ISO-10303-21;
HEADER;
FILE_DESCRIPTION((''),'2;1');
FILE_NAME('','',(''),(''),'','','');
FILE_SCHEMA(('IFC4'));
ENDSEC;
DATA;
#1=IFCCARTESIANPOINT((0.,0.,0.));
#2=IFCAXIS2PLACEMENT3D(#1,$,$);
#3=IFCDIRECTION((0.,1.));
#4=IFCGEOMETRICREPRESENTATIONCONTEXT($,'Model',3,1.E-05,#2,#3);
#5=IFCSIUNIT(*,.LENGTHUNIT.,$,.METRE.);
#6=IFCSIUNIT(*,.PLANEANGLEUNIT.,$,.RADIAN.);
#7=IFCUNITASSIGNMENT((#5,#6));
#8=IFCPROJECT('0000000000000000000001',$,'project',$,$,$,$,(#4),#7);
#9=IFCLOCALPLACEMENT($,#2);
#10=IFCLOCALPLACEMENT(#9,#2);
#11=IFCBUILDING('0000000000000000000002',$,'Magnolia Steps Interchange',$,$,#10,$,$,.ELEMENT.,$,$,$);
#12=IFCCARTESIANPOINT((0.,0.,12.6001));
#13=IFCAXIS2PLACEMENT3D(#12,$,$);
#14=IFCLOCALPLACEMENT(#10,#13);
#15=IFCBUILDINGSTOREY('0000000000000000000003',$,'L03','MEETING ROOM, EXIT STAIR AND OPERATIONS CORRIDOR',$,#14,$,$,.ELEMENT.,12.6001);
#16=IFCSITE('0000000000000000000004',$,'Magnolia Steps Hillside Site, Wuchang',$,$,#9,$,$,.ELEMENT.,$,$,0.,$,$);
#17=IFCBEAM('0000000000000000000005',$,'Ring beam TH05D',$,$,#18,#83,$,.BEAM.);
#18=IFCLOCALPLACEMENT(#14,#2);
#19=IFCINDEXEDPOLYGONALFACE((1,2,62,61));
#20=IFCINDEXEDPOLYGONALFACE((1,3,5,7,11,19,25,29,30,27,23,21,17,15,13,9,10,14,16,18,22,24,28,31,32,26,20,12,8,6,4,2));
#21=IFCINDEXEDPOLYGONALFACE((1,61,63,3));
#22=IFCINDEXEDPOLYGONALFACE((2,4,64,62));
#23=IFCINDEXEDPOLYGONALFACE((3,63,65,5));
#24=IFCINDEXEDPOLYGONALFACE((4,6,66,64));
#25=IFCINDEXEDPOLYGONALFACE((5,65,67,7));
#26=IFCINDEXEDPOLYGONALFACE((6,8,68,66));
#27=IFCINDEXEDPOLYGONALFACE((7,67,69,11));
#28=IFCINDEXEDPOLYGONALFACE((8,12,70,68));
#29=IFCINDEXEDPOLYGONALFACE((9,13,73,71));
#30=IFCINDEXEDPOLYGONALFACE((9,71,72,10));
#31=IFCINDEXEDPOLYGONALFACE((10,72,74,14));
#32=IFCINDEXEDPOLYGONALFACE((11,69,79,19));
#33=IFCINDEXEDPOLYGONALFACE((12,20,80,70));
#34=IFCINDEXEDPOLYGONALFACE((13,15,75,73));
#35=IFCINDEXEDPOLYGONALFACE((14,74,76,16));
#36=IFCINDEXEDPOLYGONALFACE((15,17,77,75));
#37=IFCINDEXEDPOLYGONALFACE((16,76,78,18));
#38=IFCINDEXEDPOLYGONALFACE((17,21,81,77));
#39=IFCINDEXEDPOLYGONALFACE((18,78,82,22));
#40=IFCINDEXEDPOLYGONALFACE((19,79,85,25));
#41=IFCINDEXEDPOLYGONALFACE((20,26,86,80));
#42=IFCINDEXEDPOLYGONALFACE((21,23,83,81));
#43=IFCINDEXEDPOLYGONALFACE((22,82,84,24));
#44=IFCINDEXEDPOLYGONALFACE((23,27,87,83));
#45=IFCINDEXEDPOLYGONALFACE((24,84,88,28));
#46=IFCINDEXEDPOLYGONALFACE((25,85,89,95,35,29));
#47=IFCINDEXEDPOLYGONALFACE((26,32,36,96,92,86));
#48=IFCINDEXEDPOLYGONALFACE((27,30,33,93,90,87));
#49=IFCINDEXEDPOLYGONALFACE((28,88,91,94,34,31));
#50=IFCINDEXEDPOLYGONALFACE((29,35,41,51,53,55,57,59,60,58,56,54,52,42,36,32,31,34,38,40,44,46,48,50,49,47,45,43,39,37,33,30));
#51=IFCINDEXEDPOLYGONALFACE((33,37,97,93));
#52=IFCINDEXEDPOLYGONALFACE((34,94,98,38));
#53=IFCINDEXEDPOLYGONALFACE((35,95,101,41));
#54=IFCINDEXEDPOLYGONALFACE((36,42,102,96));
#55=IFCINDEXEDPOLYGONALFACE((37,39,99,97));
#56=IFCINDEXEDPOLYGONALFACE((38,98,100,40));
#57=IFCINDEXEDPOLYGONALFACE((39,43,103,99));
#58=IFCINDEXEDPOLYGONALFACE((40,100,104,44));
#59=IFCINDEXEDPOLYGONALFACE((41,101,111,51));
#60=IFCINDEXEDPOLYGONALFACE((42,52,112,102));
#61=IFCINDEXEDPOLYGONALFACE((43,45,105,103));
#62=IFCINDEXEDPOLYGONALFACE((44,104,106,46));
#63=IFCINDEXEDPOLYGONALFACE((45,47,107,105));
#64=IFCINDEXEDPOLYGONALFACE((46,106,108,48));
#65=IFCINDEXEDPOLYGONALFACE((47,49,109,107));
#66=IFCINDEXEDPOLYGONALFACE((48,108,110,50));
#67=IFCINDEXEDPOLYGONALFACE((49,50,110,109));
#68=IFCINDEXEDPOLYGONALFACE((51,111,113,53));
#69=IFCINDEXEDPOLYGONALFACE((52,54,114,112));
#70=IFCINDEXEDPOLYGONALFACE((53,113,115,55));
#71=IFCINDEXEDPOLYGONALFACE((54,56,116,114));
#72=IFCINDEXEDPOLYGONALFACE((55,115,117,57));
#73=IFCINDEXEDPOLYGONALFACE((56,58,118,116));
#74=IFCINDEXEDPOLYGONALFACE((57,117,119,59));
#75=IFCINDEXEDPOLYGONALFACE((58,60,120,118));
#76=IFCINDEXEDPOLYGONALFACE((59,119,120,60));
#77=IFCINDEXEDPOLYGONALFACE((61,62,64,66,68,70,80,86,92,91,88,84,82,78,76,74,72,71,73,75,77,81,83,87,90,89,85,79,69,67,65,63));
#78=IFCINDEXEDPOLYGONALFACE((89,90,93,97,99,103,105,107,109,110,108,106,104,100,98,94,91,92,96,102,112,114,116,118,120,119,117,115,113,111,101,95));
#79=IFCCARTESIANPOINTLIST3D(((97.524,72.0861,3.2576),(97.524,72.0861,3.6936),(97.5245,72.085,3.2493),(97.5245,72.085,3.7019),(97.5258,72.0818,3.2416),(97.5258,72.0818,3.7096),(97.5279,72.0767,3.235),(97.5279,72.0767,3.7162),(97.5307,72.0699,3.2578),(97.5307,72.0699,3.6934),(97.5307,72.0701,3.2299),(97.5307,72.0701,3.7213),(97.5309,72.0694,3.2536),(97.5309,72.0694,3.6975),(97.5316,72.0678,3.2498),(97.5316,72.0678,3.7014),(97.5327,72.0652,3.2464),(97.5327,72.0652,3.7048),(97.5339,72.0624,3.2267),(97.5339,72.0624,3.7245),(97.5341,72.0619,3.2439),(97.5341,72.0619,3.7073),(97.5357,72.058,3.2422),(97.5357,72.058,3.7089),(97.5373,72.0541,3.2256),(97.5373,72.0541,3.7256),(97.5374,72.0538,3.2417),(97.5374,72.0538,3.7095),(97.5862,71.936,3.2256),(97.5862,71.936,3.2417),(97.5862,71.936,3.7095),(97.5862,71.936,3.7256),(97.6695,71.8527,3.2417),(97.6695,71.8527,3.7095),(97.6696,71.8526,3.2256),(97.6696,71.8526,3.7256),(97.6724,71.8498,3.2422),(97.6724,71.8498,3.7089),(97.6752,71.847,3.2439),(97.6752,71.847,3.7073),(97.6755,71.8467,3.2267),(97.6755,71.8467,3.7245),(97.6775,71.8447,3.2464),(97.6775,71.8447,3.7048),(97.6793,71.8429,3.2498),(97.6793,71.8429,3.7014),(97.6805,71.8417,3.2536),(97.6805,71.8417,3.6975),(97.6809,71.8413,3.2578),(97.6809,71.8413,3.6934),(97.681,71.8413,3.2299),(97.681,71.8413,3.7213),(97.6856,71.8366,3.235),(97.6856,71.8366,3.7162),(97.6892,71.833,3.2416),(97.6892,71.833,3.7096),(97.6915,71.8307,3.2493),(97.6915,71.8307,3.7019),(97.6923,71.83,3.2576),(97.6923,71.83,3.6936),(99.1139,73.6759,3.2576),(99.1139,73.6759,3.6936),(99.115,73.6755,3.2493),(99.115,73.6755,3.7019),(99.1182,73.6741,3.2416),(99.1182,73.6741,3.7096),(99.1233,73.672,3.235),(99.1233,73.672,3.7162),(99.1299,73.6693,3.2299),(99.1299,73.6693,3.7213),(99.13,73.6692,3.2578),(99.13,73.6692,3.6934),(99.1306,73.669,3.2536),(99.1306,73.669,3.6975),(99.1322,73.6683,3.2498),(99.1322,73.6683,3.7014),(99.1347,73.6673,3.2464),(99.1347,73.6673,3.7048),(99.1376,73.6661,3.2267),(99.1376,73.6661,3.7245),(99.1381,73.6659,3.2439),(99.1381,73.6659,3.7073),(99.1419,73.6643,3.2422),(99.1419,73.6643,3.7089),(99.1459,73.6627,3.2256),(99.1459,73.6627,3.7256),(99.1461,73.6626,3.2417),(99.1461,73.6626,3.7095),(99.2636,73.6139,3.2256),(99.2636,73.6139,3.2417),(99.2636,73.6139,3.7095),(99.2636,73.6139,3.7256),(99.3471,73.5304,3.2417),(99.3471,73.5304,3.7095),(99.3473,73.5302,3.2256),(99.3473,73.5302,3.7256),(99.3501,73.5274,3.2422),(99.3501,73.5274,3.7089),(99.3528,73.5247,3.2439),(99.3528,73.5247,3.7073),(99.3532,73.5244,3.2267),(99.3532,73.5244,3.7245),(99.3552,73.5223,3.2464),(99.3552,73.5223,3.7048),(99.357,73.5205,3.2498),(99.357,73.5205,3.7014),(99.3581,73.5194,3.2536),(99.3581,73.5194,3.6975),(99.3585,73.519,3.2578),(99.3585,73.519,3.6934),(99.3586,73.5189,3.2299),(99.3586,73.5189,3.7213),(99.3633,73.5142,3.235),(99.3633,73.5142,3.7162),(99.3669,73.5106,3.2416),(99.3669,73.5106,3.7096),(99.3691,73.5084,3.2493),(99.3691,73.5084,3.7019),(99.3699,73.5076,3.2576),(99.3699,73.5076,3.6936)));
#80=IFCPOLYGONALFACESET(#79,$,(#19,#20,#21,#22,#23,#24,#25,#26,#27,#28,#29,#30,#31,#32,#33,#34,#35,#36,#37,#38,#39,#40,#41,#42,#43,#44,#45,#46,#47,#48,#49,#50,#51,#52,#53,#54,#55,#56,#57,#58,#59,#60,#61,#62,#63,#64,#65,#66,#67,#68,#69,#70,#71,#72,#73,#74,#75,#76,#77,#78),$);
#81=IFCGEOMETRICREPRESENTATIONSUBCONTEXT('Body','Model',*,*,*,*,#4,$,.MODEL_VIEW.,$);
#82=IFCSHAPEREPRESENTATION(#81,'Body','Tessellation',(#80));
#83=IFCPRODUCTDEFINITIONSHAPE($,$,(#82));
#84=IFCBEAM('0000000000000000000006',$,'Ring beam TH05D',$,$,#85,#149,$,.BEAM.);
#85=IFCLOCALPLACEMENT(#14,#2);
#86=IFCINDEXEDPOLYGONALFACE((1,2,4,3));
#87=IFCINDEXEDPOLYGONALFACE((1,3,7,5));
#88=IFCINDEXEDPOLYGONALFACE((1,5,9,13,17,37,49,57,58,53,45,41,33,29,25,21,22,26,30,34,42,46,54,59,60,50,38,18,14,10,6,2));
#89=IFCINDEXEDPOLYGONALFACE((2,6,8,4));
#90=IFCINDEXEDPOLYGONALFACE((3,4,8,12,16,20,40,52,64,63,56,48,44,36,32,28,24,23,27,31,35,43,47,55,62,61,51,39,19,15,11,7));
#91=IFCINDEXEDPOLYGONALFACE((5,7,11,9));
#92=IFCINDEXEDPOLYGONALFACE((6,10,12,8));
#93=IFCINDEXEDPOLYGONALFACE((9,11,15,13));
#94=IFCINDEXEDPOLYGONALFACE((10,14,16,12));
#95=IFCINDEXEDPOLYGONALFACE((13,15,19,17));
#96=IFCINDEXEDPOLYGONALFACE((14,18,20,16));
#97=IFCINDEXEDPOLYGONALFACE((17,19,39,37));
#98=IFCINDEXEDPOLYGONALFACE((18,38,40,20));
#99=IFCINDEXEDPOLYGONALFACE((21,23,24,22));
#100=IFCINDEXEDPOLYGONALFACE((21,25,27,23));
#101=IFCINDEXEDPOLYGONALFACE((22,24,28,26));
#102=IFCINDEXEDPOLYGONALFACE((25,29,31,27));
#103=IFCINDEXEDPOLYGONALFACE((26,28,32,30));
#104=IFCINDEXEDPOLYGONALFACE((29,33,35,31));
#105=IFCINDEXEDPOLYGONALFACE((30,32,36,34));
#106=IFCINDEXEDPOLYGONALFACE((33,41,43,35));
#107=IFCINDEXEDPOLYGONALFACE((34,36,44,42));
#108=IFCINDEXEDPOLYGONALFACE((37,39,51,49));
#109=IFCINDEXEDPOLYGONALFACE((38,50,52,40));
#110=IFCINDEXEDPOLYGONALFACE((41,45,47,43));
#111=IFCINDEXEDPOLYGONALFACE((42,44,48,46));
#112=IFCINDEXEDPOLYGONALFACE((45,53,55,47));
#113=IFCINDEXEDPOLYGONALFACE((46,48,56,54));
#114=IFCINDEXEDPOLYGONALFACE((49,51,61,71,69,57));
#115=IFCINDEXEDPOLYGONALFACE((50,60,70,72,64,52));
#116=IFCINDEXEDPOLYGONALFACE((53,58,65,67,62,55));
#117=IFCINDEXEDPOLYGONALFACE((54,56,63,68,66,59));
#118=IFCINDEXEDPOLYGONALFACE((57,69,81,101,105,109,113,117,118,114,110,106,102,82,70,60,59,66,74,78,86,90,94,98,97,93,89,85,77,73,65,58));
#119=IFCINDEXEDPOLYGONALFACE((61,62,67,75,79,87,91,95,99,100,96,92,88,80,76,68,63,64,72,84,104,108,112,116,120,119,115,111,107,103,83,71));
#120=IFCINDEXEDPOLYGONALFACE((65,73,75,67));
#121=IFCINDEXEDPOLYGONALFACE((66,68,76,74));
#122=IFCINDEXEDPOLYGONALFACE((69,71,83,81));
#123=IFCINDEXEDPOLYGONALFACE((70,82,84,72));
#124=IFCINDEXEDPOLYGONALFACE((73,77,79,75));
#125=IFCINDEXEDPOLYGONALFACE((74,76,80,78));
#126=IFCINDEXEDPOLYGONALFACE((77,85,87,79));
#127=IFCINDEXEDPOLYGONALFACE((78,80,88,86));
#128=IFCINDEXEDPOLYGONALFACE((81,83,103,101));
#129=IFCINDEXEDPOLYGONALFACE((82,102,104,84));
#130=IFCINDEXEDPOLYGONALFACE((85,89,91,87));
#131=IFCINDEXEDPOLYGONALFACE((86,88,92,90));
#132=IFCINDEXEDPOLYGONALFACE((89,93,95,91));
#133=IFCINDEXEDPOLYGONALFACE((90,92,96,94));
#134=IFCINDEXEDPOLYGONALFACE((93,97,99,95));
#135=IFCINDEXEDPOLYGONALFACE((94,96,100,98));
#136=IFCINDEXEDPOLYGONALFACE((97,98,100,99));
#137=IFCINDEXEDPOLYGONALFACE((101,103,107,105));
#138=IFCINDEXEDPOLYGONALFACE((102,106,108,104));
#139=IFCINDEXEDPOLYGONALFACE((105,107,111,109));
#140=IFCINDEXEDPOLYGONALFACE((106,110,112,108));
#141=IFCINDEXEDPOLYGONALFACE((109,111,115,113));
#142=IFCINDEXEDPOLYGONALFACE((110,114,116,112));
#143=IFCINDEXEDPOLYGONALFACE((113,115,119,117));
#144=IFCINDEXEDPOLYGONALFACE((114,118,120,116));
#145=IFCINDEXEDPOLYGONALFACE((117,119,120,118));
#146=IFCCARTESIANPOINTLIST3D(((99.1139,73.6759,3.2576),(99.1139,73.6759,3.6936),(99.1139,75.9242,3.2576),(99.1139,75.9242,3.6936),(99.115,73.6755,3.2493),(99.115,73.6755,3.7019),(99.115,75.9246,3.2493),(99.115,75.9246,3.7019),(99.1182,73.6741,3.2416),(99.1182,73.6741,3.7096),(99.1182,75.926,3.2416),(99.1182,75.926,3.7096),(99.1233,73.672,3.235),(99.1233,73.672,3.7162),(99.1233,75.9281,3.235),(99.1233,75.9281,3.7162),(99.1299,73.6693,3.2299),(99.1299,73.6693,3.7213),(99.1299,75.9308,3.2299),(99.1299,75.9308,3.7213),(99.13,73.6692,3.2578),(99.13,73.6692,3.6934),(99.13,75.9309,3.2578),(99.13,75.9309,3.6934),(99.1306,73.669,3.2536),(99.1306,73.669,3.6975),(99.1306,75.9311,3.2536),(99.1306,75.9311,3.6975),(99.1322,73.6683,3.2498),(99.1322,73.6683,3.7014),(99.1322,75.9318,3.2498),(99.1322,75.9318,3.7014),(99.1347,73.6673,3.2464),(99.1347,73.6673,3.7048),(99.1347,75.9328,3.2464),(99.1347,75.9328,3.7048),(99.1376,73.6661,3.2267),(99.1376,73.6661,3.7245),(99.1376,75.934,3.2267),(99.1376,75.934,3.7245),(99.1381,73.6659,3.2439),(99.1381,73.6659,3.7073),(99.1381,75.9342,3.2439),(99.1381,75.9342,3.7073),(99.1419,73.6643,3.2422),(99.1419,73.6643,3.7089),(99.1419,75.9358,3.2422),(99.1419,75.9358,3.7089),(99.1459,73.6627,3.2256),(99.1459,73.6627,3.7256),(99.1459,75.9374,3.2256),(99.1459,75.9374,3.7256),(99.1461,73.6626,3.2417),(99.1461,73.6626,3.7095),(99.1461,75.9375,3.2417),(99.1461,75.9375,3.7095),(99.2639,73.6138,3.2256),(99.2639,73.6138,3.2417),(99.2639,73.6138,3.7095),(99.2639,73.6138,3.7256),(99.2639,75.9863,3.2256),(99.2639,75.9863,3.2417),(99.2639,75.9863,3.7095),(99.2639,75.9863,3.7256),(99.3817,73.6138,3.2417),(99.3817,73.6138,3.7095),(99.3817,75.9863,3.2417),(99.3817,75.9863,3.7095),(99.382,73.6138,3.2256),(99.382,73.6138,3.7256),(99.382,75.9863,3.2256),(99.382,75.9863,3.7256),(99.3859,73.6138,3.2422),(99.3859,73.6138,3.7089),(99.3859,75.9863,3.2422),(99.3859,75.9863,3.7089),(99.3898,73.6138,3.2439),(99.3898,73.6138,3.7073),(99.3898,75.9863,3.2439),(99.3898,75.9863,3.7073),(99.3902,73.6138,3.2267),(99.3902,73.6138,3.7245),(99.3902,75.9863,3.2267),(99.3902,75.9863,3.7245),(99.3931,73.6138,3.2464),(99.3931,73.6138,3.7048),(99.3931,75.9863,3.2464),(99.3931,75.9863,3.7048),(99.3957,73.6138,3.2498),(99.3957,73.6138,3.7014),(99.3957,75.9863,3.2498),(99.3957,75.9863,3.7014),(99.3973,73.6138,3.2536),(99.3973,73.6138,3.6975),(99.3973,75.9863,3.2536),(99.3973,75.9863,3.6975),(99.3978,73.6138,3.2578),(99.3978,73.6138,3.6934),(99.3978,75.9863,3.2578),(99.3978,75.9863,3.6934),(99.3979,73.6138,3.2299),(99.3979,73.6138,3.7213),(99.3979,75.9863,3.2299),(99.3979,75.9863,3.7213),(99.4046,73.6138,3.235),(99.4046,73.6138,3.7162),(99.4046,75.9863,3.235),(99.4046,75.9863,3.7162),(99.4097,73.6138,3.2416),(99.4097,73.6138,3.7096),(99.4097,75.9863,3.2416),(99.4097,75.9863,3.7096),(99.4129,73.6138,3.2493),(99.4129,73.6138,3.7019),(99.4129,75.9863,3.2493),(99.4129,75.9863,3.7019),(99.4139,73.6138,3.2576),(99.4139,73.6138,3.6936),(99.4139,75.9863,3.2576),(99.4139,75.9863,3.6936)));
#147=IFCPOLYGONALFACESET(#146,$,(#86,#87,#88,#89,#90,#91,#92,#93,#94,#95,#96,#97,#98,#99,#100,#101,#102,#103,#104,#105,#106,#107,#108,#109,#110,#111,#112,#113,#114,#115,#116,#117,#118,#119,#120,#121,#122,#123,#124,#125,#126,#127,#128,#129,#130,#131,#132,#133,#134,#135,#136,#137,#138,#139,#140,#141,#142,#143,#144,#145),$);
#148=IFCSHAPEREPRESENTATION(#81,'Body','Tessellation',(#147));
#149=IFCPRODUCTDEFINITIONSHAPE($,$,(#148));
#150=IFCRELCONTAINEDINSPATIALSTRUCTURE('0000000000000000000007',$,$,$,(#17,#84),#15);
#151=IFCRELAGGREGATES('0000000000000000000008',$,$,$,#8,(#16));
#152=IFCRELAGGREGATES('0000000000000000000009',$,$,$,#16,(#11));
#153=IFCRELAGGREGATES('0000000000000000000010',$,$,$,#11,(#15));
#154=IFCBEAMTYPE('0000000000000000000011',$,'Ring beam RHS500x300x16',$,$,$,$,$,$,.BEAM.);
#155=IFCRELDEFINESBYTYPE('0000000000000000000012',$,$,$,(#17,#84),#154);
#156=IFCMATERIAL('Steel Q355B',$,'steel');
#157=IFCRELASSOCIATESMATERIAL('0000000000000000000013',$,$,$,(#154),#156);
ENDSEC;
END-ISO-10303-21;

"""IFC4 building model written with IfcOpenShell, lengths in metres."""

from ifc_helpers import new_model, si_unit, direction, frame, origin, origin_2d, place, context, subcontext, project, spatial, hollow_rectangle, extrude, clip, halfspace, material, material_profile, profile_set, type_object, element, save


model = new_model("IFC4")

# Units and contexts
model_context = context("Model", 3, precision=1e-05, world=origin(), true_north=direction((0.0, 1.0)))
body_context = subcontext(model_context, "Body", "Model", "MODEL_VIEW")
ifc_project = project(units=[si_unit("LENGTHUNIT", "METRE"), si_unit("PLANEANGLEUNIT", "RADIAN")], contexts=[model_context])

# Site, building, storey
site_placement = place(None, origin())
site = spatial("IfcSite", under=ifc_project, at=site_placement, Name="Magnolia Steps Hillside Site, Wuchang", CompositionType="ELEMENT", RefElevation=0.0)
building_placement = place(site_placement, origin())
building = spatial("IfcBuilding", under=site, at=building_placement, Name="Magnolia Steps Interchange", CompositionType="ELEMENT")
storey_placement = place(building_placement, frame((0.0, 0.0, 12.6001)))
storey = spatial("IfcBuildingStorey", under=building, at=storey_placement, Name="L03", Description="MEETING ROOM, EXIT STAIR AND OPERATIONS CORRIDOR", CompositionType="ELEMENT", Elevation=12.6001)

# Beams
ifc_material_1 = material(Name="Steel Q355B", Category="steel")
ifc_material_profile_1 = material_profile(ifc_material_1, hollow_rectangle(XDim=0.3, YDim=0.5, WallThickness=0.0161, InnerFilletRadius=0.0161, OuterFilletRadius=0.032, at=origin_2d()), Name="RHS500x300x16")
ifc_profile_set_1 = profile_set([ifc_material_profile_1], Name="Steel Q355B")
beam_type_1 = type_object("IfcBeamType", Name="Ring beam RHS500x300x16", PredefinedType="BEAM", material=ifc_profile_set_1)
beam_1_placement = place(storey_placement, frame((97.5862, 71.936, 3.4756), z_axis=(0.707107, 0.707107, 0.0), x_axis=(-0.707107, 0.707107, 0.0)))
element("IfcBeam", 1, at=beam_1_placement, inside=storey, type_object=beam_type_1, Name="Ring beam TH05D", PredefinedType="BEAM", context=body_context, shape_type="Clipping", body=[
    clip(clip(extrude(hollow_rectangle(XDim=0.3, YDim=0.5, WallThickness=0.0161, InnerFilletRadius=0.0161, OuterFilletRadius=0.032, at=origin_2d()), origin(), (0.0, 0.0, 1.0), 2.3726), halfspace(frame((0.0, 0.0, 0.0), z_axis=(0.382683, 0.0, -0.92388), x_axis=(0.92388, 0.0, 0.382683)), False)), halfspace(frame((0.0, 0.0, 2.3727), z_axis=(0.382683, 0.0, 0.92388), x_axis=(0.92388, 0.0, -0.382683)), False)),
])
beam_2_placement = place(storey_placement, frame((99.2639, 73.6138, 3.4756), z_axis=(0.0, 1.0, 0.0), x_axis=(-1.0, 0.0, 0.0)))
element("IfcBeam", 2, at=beam_2_placement, inside=storey, type_object=beam_type_1, Name="Ring beam TH05D", PredefinedType="BEAM", context=body_context, shape_type="Clipping", body=[
    clip(clip(extrude(hollow_rectangle(XDim=0.3, YDim=0.5, WallThickness=0.0161, InnerFilletRadius=0.0161, OuterFilletRadius=0.032, at=origin_2d()), origin(), (0.0, 0.0, 1.0), 2.3726), halfspace(frame((0.0, 0.0, 0.0), z_axis=(0.382683, 0.0, -0.92388), x_axis=(0.92388, 0.0, 0.382683)), False)), halfspace(frame((0.0, 0.0, 2.3726), z_axis=(0.382683, 0.0, 0.92388), x_axis=(0.92388, 0.0, -0.382683)), False)),
])

save(model, "model.ifc")
